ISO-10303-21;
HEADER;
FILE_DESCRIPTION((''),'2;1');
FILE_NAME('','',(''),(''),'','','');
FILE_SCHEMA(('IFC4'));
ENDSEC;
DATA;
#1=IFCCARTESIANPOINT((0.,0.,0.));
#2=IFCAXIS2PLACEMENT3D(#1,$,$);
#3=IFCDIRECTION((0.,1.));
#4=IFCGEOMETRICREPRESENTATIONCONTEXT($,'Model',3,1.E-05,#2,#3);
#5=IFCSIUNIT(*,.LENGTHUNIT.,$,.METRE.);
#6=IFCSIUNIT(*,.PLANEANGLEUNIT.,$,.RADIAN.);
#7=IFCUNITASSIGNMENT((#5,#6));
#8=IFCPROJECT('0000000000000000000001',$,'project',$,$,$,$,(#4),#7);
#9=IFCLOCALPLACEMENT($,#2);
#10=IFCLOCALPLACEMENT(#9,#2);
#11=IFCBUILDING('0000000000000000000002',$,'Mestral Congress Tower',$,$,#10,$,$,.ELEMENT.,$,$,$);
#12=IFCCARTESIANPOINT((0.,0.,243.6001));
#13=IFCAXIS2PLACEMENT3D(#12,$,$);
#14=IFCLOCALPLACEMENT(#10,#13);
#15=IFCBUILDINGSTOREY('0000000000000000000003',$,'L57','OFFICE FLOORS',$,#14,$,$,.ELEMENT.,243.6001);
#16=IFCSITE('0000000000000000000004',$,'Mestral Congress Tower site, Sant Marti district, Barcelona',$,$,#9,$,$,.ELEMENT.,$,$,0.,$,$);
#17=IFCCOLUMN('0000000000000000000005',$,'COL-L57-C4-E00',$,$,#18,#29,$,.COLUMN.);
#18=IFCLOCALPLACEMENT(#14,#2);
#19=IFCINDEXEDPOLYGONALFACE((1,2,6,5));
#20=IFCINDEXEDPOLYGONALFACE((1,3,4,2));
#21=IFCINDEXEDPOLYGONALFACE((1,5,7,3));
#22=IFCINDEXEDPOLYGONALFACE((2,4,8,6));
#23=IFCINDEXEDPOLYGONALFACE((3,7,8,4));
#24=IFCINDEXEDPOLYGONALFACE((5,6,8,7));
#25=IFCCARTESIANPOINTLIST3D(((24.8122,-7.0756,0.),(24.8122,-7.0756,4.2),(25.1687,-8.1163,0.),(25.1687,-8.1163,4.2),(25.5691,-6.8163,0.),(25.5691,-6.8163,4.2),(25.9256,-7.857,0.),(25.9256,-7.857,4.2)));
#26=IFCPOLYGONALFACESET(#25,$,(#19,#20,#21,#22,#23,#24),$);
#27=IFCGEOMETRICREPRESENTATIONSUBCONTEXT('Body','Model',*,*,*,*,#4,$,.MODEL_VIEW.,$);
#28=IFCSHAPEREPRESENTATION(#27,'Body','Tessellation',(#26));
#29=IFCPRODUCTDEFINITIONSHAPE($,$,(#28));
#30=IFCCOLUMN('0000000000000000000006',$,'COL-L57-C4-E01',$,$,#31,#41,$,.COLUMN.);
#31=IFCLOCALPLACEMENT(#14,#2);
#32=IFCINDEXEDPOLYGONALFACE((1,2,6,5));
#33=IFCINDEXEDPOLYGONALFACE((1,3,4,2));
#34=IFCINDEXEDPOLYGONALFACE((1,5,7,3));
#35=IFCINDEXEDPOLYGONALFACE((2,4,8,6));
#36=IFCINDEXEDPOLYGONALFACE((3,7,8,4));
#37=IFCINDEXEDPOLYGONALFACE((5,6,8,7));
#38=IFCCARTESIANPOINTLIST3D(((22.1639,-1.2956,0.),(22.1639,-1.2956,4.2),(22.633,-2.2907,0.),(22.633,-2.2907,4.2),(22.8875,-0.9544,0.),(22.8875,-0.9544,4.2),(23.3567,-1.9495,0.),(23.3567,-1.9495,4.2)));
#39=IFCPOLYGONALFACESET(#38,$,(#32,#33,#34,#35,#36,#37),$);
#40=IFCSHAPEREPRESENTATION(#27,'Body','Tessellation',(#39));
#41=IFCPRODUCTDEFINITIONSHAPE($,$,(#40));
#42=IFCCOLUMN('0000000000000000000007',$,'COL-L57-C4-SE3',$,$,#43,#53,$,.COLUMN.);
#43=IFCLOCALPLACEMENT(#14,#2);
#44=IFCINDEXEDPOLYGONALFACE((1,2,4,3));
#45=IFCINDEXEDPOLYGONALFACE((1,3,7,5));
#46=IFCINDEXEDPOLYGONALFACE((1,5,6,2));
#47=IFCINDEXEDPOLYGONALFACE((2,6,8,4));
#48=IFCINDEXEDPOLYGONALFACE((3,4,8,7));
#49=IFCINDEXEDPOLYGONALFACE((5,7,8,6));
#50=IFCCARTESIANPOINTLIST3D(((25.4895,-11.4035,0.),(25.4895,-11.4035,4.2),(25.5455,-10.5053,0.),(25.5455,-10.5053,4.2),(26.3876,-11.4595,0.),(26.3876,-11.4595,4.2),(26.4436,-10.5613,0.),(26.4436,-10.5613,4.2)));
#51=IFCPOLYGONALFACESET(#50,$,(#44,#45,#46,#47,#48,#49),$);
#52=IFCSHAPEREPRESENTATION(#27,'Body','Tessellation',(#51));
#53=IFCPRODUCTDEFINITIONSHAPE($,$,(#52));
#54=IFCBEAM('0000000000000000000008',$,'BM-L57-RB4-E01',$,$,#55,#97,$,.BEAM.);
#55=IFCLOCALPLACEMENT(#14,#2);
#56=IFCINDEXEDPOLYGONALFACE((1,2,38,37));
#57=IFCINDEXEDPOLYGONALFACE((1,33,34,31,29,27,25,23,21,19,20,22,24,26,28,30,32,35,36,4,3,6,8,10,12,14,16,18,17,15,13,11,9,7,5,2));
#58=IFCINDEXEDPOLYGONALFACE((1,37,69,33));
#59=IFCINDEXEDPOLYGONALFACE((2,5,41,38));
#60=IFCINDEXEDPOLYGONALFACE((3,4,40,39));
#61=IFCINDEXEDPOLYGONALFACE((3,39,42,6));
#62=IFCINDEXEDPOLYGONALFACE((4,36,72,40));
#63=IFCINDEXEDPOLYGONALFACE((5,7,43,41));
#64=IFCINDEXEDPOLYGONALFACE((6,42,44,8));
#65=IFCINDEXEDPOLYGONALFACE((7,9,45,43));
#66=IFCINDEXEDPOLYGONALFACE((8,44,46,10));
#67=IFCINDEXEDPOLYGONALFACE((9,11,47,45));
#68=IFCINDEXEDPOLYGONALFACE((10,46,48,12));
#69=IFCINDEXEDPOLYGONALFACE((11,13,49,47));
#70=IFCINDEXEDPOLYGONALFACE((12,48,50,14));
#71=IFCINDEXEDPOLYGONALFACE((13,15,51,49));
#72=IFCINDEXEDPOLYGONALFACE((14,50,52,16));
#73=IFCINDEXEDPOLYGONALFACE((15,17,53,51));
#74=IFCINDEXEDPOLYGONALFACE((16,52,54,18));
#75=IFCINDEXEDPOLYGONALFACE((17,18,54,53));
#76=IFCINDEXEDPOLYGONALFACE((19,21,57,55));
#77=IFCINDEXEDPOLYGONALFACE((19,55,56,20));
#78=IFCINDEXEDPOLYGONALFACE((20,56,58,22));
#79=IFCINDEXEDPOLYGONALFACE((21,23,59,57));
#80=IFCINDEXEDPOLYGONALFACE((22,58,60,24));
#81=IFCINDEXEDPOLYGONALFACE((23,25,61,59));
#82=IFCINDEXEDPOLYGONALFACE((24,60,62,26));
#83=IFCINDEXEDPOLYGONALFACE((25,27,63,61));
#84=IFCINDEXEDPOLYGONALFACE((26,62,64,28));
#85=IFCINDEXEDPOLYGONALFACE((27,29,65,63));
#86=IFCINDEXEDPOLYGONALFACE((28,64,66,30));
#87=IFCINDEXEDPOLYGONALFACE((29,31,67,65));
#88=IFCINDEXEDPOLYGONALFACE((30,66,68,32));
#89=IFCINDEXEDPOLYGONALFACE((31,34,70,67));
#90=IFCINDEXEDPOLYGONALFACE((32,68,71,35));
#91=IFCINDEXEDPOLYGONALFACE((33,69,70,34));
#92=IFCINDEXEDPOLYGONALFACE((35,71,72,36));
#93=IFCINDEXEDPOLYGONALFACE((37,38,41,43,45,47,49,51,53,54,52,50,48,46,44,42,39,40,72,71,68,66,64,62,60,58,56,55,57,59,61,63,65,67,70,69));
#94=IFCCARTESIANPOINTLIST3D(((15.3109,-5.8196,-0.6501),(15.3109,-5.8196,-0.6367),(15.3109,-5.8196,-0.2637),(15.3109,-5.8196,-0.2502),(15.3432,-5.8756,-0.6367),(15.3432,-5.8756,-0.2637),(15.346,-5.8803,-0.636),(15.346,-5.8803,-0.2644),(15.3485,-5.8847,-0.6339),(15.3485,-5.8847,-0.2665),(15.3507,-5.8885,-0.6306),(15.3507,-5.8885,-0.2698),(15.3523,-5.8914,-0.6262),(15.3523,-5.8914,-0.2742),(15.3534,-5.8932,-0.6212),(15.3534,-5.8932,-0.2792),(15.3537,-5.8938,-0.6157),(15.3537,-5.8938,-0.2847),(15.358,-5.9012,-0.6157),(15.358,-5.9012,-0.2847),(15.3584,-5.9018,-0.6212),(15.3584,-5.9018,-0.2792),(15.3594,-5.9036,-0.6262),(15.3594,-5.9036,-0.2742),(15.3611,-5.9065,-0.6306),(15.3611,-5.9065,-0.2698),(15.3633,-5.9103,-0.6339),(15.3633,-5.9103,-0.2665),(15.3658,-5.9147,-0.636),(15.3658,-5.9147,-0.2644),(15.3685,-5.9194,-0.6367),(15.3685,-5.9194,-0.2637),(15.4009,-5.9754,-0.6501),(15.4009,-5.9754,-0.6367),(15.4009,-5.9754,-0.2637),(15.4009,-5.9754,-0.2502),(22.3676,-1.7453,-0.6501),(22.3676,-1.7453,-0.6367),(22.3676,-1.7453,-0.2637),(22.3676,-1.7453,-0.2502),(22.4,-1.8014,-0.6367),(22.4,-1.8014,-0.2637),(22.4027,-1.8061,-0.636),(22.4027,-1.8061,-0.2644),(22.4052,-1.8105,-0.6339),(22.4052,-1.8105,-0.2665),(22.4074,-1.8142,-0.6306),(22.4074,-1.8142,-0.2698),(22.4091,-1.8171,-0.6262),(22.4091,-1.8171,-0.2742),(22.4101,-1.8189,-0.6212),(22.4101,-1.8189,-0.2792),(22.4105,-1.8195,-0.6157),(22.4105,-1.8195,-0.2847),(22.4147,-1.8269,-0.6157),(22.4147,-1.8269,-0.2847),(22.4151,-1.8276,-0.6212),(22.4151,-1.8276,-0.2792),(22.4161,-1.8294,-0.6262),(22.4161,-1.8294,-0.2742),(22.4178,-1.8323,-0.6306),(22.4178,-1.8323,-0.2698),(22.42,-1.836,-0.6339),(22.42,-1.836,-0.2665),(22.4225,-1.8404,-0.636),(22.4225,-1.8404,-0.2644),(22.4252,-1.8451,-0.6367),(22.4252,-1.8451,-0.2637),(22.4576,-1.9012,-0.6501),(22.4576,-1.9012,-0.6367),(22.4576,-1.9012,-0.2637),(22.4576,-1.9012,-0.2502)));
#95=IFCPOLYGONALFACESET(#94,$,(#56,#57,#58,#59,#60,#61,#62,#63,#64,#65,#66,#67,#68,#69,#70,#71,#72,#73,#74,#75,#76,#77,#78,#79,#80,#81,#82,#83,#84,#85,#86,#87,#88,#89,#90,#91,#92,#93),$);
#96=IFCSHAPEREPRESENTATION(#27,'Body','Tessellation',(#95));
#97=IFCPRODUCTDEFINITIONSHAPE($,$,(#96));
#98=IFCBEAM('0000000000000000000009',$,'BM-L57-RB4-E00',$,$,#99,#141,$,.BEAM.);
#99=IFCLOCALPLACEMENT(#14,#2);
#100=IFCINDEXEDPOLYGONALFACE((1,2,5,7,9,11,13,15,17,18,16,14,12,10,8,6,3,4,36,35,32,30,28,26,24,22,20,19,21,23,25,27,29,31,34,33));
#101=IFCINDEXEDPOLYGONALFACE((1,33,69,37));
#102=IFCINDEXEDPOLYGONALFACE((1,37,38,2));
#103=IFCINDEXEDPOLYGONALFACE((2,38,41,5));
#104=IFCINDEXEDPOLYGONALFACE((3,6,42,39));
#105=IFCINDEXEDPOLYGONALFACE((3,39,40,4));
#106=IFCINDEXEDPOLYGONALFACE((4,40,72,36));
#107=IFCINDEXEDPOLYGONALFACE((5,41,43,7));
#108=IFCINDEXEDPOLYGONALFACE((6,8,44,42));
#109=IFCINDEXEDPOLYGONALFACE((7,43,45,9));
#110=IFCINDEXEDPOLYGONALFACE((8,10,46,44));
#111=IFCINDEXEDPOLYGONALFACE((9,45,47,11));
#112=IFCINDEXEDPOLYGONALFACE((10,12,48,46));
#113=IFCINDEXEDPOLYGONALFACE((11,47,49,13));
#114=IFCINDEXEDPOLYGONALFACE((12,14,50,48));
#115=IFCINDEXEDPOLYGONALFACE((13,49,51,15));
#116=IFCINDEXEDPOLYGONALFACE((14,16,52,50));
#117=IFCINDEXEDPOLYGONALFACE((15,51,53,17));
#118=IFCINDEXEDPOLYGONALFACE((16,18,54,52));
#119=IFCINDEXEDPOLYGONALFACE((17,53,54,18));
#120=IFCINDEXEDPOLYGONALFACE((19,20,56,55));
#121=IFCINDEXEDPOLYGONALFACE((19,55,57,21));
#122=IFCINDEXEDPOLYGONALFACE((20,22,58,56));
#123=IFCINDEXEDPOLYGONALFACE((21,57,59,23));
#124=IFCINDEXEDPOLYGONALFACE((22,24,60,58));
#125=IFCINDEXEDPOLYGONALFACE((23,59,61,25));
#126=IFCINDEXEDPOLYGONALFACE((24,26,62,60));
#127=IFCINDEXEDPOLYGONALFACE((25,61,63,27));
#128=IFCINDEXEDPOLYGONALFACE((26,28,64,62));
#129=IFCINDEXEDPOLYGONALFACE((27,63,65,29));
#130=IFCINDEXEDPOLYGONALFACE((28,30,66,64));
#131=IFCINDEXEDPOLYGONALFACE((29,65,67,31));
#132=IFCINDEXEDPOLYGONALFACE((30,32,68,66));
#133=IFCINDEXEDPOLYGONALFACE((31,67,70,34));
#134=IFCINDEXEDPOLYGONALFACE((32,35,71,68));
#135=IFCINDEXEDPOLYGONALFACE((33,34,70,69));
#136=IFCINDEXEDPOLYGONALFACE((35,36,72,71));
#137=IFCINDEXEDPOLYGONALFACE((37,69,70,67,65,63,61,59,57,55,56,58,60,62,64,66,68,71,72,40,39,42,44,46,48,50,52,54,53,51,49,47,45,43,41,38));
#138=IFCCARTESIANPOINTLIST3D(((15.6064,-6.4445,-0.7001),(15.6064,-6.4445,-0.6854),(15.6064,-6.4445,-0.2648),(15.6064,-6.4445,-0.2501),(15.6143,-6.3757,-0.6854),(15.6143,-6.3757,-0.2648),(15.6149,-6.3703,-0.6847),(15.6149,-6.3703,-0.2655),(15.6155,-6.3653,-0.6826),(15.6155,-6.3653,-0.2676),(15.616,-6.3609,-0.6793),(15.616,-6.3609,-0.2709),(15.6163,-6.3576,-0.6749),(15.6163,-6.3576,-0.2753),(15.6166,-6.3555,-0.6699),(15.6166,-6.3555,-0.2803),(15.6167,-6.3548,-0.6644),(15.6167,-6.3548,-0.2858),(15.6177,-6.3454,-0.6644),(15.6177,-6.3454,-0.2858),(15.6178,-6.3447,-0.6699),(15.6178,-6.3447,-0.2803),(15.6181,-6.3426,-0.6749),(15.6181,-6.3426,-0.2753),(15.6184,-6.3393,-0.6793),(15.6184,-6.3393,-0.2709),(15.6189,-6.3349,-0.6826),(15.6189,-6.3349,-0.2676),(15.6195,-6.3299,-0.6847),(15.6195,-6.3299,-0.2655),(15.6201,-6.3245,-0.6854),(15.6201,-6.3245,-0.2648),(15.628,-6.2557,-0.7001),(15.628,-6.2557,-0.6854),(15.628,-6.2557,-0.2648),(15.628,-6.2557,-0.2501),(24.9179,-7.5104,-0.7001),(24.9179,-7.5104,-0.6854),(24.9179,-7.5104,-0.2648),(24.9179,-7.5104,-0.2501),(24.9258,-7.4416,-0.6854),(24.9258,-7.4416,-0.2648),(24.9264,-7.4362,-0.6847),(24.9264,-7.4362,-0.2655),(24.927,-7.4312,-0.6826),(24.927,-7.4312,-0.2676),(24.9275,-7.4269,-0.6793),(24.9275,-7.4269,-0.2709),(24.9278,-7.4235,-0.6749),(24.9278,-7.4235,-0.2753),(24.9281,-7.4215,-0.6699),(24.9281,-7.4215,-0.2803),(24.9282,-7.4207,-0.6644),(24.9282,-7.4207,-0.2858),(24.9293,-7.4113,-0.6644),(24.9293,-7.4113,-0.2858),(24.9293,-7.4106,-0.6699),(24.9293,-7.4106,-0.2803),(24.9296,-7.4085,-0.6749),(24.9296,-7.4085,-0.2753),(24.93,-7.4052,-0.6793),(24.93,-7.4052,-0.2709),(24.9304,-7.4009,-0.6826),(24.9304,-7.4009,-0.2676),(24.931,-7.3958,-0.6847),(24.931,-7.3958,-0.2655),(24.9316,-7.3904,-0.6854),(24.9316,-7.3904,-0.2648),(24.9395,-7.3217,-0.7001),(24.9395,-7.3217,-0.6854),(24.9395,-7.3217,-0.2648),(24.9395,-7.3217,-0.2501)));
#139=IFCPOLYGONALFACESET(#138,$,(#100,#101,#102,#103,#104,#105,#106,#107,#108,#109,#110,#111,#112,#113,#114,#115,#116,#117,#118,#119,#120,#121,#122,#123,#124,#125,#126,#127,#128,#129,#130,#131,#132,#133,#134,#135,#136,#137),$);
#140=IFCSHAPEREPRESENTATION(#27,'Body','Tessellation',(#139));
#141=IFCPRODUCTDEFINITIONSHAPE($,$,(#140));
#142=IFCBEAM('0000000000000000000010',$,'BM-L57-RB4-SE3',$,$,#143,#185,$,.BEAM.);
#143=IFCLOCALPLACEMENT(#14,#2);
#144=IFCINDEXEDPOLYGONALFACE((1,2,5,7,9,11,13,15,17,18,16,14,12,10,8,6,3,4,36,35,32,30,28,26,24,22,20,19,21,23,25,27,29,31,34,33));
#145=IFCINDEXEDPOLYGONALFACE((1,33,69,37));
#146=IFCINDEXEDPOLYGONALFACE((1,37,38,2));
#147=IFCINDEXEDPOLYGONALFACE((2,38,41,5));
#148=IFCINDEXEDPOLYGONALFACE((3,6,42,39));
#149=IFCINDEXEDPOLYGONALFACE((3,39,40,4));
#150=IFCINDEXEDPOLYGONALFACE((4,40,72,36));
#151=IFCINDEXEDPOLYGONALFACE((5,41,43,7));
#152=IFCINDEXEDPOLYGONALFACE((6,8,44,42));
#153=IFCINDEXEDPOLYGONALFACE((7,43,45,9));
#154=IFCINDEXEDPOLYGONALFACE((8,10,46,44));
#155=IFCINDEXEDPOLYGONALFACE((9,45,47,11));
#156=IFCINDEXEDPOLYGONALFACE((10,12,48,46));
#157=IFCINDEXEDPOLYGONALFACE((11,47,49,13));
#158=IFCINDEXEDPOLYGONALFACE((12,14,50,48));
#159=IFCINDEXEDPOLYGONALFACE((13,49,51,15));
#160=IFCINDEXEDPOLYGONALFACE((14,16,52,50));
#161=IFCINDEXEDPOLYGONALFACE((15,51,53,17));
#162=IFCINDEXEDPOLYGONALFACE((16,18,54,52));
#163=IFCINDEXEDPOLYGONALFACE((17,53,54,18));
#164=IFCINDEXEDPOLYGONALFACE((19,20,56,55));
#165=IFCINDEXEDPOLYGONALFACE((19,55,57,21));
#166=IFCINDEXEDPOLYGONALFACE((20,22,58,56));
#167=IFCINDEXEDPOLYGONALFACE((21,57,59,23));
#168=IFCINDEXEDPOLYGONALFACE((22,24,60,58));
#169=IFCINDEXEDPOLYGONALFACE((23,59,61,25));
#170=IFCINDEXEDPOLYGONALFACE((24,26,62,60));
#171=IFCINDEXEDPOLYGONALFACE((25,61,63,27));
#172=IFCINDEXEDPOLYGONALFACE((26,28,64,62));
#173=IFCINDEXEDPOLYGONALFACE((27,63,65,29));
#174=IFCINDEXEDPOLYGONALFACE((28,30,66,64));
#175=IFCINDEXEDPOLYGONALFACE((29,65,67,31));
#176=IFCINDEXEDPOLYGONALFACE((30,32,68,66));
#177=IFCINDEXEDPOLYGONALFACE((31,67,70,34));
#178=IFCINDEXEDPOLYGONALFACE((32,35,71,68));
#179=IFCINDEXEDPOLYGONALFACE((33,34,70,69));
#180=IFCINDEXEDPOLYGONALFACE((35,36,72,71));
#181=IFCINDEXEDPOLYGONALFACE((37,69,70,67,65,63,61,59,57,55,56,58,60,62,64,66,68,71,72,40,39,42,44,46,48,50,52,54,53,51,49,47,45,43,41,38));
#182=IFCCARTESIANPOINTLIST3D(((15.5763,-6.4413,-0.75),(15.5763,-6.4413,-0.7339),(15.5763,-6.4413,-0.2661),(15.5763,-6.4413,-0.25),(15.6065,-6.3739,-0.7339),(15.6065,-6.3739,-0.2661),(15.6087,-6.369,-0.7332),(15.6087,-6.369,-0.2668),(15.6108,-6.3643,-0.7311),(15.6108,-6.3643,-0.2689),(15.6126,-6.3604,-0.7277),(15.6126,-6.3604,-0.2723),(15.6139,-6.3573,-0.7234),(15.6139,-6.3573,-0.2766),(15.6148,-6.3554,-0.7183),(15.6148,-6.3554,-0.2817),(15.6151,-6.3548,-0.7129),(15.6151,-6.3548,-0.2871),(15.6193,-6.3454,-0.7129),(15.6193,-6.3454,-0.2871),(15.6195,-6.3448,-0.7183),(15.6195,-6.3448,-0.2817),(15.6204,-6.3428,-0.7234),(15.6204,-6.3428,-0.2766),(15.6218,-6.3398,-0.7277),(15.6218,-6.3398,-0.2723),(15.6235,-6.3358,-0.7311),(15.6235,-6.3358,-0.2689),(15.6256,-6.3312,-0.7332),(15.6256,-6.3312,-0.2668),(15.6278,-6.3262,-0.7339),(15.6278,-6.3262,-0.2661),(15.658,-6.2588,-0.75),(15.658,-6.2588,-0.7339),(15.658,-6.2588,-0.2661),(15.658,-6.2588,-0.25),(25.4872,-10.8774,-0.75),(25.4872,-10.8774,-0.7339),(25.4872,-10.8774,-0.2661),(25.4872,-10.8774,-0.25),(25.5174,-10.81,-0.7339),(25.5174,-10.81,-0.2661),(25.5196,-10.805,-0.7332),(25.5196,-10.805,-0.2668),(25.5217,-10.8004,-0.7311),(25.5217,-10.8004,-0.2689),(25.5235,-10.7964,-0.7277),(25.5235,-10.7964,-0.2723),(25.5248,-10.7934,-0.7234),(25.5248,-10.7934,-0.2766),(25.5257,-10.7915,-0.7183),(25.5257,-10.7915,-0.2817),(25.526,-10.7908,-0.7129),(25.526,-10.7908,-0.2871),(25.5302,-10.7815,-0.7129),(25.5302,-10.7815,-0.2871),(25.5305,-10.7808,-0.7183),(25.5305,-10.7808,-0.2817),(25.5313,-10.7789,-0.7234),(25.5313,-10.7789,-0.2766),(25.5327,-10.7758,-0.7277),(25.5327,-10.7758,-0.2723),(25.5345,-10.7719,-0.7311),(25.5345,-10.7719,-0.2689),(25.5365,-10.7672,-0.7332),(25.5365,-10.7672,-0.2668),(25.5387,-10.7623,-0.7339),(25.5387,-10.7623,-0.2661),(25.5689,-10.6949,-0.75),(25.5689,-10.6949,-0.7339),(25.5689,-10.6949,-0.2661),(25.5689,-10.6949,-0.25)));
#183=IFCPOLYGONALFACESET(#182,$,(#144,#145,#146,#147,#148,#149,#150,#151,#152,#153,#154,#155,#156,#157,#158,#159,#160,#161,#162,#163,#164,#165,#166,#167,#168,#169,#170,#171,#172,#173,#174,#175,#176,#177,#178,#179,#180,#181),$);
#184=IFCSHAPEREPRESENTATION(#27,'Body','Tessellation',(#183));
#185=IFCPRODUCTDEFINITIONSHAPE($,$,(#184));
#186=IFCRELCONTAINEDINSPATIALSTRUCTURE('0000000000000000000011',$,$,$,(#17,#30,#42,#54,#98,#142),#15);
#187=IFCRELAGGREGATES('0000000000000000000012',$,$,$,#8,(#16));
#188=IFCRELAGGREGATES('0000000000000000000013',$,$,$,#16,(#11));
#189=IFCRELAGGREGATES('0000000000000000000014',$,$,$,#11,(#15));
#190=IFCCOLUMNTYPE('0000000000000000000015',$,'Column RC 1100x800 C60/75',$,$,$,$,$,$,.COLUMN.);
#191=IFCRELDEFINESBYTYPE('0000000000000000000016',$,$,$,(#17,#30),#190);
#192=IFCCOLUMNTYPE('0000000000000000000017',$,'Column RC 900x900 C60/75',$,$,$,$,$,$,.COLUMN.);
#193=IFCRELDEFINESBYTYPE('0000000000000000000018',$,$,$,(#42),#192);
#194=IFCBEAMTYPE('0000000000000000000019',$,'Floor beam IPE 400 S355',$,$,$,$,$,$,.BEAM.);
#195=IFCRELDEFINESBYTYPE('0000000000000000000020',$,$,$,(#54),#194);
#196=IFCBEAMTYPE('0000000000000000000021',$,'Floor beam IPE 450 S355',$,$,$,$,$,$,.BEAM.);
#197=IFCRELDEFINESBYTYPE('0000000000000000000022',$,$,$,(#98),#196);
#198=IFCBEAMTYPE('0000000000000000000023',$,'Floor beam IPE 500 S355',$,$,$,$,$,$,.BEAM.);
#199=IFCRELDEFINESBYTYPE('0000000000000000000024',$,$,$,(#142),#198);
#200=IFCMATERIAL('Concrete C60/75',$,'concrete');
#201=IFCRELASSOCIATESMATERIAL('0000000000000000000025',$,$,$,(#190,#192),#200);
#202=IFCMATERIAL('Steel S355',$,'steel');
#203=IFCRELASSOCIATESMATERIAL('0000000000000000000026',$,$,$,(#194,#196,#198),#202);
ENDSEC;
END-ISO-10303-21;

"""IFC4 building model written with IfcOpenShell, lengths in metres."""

from ifc_helpers import new_model, si_unit, direction, frame, origin, origin_2d, place, context, subcontext, project, spatial, rectangle, i_section, extrude, material, material_profile, profile_set, type_object, element, save


model = new_model("IFC4")

# Units and contexts
model_context = context("Model", 3, precision=1e-05, world=origin(), true_north=direction((0.0, 1.0)))
body_context = subcontext(model_context, "Body", "Model", "MODEL_VIEW")
ifc_project = project(units=[si_unit("LENGTHUNIT", "METRE"), si_unit("PLANEANGLEUNIT", "RADIAN")], contexts=[model_context])

# Site, building, storey
site_placement = place(None, origin())
site = spatial("IfcSite", under=ifc_project, at=site_placement, Name="Mestral Congress Tower site, Sant Marti district, Barcelona", CompositionType="ELEMENT", RefElevation=0.0)
building_placement = place(site_placement, origin())
building = spatial("IfcBuilding", under=site, at=building_placement, Name="Mestral Congress Tower", CompositionType="ELEMENT")
storey_placement = place(building_placement, frame((0.0, 0.0, 243.6001)))
storey = spatial("IfcBuildingStorey", under=building, at=storey_placement, Name="L57", Description="OFFICE FLOORS", CompositionType="ELEMENT", Elevation=243.6001)

# Columns
ifc_material_1 = material(Name="Concrete C60/75", Category="concrete")
ifc_material_profile_1 = material_profile(ifc_material_1, rectangle(XDim=1.1001, YDim=0.8, at=origin_2d()), Name="RC 1100x800")
ifc_profile_set_1 = profile_set([ifc_material_profile_1], Name="Concrete C60/75")
column_type_1 = type_object("IfcColumnType", Name="Column RC 1100x800 C60/75", PredefinedType="COLUMN", material=ifc_profile_set_1)
for number, where, z_axis, x_axis, name in (
    (1, (25.3689, -7.4663, 0.0), (0.0, 0.0, 1.0), (-0.324074, 0.946032, 0.0), "COL-L57-C4-E00"),
    (2, (22.7603, -1.6226, 0.0), (0.0, 0.0, 1.0), (-0.426472, 0.904501, 0.0), "COL-L57-C4-E01"),
):
    element("IfcColumn", number, at=place(storey_placement, frame(where, z_axis=z_axis, x_axis=x_axis)), inside=storey, type_object=column_type_1, Name=name, PredefinedType="COLUMN", context=body_context, shape_type="SweptSolid", body=[
        extrude(rectangle(XDim=1.1001, YDim=0.8, at=origin_2d()), origin(), (0.0, 0.0, 1.0), 4.2),
    ])
ifc_material_profile_2 = material_profile(ifc_material_1, rectangle(XDim=0.8999, YDim=0.8999, at=origin_2d()), Name="RC 900x900")
ifc_profile_set_2 = profile_set([ifc_material_profile_2], Name="Concrete C60/75")
column_type_2 = type_object("IfcColumnType", Name="Column RC 900x900 C60/75", PredefinedType="COLUMN", material=ifc_profile_set_2)
column_placement = place(storey_placement, frame((25.9666, -10.9824, 0.0), z_axis=(0.0, 0.0, 1.0), x_axis=(0.062217, 0.998063, 0.0)))
element("IfcColumn", 3, at=column_placement, inside=storey, type_object=column_type_2, Name="COL-L57-C4-SE3", PredefinedType="COLUMN", context=body_context, shape_type="SweptSolid", body=[
    extrude(rectangle(XDim=0.8999, YDim=0.8999, at=origin_2d()), origin(), (0.0, 0.0, 1.0), 4.2),
])

# Beams
ifc_material_2 = material(Name="Steel S355", Category="steel")
ifc_material_profile_3 = material_profile(ifc_material_2, i_section(OverallWidth=0.1799, OverallDepth=0.3999, WebThickness=0.0085, FlangeThickness=0.0134, FilletRadius=0.021, at=origin_2d()), Name="IPE 400")
ifc_profile_set_3 = profile_set([ifc_material_profile_3], Name="Steel S355")
beam_type_1 = type_object("IfcBeamType", Name="Floor beam IPE 400 S355", PredefinedType="BEAM", material=ifc_profile_set_3)
beam_1_placement = place(storey_placement, frame((22.4126, -1.8232, -0.4502), z_axis=(-0.866022, -0.500006, 0.0), x_axis=(0.500006, -0.866022, 0.0)))
element("IfcBeam", 4, at=beam_1_placement, inside=storey, type_object=beam_type_1, Name="BM-L57-RB4-E01", PredefinedType="BEAM", context=body_context, shape_type="SweptSolid", body=[
    extrude(i_section(OverallWidth=0.1799, OverallDepth=0.3999, WebThickness=0.0085, FlangeThickness=0.0134, FilletRadius=0.021, at=origin_2d()), origin(), (0.0, 0.0, 1.0), 8.1484),
])
ifc_material_profile_4 = material_profile(ifc_material_2, i_section(OverallWidth=0.1899, OverallDepth=0.45, WebThickness=0.0095, FlangeThickness=0.0146, FilletRadius=0.021, at=origin_2d()), Name="IPE 450")
ifc_profile_set_4 = profile_set([ifc_material_profile_4], Name="Steel S355")
beam_type_2 = type_object("IfcBeamType", Name="Floor beam IPE 450 S355", PredefinedType="BEAM", material=ifc_profile_set_4)
beam_2_placement = place(storey_placement, frame((24.9287, -7.416, -0.4751), z_axis=(-0.993512, 0.11373, 0.0), x_axis=(-0.11373, -0.993512, 0.0)))
element("IfcBeam", 5, at=beam_2_placement, inside=storey, type_object=beam_type_2, Name="BM-L57-RB4-E00", PredefinedType="BEAM", context=body_context, shape_type="SweptSolid", body=[
    extrude(i_section(OverallWidth=0.1899, OverallDepth=0.45, WebThickness=0.0095, FlangeThickness=0.0146, FilletRadius=0.021, at=origin_2d()), origin(), (0.0, 0.0, 1.0), 9.3723),
])
ifc_material_profile_5 = material_profile(ifc_material_2, i_section(OverallWidth=0.2, OverallDepth=0.5, WebThickness=0.0103, FlangeThickness=0.0161, FilletRadius=0.021, at=origin_2d()), Name="IPE 500")
ifc_profile_set_5 = profile_set([ifc_material_profile_5], Name="Steel S355")
beam_type_3 = type_object("IfcBeamType", Name="Floor beam IPE 500 S355", PredefinedType="BEAM", material=ifc_profile_set_5)
beam_3_placement = place(storey_placement, frame((25.5281, -10.7861, -0.5), z_axis=(-0.912742, 0.408536, 0.0), x_axis=(-0.408536, -0.912742, 0.0)))
element("IfcBeam", 6, at=beam_3_placement, inside=storey, type_object=beam_type_3, Name="BM-L57-RB4-SE3", PredefinedType="BEAM", context=body_context, shape_type="SweptSolid", body=[
    extrude(i_section(OverallWidth=0.2, OverallDepth=0.5, WebThickness=0.0103, FlangeThickness=0.0161, FilletRadius=0.021, at=origin_2d()), origin(), (0.0, 0.0, 1.0), 10.8584),
])

save(model, "model.ifc")
